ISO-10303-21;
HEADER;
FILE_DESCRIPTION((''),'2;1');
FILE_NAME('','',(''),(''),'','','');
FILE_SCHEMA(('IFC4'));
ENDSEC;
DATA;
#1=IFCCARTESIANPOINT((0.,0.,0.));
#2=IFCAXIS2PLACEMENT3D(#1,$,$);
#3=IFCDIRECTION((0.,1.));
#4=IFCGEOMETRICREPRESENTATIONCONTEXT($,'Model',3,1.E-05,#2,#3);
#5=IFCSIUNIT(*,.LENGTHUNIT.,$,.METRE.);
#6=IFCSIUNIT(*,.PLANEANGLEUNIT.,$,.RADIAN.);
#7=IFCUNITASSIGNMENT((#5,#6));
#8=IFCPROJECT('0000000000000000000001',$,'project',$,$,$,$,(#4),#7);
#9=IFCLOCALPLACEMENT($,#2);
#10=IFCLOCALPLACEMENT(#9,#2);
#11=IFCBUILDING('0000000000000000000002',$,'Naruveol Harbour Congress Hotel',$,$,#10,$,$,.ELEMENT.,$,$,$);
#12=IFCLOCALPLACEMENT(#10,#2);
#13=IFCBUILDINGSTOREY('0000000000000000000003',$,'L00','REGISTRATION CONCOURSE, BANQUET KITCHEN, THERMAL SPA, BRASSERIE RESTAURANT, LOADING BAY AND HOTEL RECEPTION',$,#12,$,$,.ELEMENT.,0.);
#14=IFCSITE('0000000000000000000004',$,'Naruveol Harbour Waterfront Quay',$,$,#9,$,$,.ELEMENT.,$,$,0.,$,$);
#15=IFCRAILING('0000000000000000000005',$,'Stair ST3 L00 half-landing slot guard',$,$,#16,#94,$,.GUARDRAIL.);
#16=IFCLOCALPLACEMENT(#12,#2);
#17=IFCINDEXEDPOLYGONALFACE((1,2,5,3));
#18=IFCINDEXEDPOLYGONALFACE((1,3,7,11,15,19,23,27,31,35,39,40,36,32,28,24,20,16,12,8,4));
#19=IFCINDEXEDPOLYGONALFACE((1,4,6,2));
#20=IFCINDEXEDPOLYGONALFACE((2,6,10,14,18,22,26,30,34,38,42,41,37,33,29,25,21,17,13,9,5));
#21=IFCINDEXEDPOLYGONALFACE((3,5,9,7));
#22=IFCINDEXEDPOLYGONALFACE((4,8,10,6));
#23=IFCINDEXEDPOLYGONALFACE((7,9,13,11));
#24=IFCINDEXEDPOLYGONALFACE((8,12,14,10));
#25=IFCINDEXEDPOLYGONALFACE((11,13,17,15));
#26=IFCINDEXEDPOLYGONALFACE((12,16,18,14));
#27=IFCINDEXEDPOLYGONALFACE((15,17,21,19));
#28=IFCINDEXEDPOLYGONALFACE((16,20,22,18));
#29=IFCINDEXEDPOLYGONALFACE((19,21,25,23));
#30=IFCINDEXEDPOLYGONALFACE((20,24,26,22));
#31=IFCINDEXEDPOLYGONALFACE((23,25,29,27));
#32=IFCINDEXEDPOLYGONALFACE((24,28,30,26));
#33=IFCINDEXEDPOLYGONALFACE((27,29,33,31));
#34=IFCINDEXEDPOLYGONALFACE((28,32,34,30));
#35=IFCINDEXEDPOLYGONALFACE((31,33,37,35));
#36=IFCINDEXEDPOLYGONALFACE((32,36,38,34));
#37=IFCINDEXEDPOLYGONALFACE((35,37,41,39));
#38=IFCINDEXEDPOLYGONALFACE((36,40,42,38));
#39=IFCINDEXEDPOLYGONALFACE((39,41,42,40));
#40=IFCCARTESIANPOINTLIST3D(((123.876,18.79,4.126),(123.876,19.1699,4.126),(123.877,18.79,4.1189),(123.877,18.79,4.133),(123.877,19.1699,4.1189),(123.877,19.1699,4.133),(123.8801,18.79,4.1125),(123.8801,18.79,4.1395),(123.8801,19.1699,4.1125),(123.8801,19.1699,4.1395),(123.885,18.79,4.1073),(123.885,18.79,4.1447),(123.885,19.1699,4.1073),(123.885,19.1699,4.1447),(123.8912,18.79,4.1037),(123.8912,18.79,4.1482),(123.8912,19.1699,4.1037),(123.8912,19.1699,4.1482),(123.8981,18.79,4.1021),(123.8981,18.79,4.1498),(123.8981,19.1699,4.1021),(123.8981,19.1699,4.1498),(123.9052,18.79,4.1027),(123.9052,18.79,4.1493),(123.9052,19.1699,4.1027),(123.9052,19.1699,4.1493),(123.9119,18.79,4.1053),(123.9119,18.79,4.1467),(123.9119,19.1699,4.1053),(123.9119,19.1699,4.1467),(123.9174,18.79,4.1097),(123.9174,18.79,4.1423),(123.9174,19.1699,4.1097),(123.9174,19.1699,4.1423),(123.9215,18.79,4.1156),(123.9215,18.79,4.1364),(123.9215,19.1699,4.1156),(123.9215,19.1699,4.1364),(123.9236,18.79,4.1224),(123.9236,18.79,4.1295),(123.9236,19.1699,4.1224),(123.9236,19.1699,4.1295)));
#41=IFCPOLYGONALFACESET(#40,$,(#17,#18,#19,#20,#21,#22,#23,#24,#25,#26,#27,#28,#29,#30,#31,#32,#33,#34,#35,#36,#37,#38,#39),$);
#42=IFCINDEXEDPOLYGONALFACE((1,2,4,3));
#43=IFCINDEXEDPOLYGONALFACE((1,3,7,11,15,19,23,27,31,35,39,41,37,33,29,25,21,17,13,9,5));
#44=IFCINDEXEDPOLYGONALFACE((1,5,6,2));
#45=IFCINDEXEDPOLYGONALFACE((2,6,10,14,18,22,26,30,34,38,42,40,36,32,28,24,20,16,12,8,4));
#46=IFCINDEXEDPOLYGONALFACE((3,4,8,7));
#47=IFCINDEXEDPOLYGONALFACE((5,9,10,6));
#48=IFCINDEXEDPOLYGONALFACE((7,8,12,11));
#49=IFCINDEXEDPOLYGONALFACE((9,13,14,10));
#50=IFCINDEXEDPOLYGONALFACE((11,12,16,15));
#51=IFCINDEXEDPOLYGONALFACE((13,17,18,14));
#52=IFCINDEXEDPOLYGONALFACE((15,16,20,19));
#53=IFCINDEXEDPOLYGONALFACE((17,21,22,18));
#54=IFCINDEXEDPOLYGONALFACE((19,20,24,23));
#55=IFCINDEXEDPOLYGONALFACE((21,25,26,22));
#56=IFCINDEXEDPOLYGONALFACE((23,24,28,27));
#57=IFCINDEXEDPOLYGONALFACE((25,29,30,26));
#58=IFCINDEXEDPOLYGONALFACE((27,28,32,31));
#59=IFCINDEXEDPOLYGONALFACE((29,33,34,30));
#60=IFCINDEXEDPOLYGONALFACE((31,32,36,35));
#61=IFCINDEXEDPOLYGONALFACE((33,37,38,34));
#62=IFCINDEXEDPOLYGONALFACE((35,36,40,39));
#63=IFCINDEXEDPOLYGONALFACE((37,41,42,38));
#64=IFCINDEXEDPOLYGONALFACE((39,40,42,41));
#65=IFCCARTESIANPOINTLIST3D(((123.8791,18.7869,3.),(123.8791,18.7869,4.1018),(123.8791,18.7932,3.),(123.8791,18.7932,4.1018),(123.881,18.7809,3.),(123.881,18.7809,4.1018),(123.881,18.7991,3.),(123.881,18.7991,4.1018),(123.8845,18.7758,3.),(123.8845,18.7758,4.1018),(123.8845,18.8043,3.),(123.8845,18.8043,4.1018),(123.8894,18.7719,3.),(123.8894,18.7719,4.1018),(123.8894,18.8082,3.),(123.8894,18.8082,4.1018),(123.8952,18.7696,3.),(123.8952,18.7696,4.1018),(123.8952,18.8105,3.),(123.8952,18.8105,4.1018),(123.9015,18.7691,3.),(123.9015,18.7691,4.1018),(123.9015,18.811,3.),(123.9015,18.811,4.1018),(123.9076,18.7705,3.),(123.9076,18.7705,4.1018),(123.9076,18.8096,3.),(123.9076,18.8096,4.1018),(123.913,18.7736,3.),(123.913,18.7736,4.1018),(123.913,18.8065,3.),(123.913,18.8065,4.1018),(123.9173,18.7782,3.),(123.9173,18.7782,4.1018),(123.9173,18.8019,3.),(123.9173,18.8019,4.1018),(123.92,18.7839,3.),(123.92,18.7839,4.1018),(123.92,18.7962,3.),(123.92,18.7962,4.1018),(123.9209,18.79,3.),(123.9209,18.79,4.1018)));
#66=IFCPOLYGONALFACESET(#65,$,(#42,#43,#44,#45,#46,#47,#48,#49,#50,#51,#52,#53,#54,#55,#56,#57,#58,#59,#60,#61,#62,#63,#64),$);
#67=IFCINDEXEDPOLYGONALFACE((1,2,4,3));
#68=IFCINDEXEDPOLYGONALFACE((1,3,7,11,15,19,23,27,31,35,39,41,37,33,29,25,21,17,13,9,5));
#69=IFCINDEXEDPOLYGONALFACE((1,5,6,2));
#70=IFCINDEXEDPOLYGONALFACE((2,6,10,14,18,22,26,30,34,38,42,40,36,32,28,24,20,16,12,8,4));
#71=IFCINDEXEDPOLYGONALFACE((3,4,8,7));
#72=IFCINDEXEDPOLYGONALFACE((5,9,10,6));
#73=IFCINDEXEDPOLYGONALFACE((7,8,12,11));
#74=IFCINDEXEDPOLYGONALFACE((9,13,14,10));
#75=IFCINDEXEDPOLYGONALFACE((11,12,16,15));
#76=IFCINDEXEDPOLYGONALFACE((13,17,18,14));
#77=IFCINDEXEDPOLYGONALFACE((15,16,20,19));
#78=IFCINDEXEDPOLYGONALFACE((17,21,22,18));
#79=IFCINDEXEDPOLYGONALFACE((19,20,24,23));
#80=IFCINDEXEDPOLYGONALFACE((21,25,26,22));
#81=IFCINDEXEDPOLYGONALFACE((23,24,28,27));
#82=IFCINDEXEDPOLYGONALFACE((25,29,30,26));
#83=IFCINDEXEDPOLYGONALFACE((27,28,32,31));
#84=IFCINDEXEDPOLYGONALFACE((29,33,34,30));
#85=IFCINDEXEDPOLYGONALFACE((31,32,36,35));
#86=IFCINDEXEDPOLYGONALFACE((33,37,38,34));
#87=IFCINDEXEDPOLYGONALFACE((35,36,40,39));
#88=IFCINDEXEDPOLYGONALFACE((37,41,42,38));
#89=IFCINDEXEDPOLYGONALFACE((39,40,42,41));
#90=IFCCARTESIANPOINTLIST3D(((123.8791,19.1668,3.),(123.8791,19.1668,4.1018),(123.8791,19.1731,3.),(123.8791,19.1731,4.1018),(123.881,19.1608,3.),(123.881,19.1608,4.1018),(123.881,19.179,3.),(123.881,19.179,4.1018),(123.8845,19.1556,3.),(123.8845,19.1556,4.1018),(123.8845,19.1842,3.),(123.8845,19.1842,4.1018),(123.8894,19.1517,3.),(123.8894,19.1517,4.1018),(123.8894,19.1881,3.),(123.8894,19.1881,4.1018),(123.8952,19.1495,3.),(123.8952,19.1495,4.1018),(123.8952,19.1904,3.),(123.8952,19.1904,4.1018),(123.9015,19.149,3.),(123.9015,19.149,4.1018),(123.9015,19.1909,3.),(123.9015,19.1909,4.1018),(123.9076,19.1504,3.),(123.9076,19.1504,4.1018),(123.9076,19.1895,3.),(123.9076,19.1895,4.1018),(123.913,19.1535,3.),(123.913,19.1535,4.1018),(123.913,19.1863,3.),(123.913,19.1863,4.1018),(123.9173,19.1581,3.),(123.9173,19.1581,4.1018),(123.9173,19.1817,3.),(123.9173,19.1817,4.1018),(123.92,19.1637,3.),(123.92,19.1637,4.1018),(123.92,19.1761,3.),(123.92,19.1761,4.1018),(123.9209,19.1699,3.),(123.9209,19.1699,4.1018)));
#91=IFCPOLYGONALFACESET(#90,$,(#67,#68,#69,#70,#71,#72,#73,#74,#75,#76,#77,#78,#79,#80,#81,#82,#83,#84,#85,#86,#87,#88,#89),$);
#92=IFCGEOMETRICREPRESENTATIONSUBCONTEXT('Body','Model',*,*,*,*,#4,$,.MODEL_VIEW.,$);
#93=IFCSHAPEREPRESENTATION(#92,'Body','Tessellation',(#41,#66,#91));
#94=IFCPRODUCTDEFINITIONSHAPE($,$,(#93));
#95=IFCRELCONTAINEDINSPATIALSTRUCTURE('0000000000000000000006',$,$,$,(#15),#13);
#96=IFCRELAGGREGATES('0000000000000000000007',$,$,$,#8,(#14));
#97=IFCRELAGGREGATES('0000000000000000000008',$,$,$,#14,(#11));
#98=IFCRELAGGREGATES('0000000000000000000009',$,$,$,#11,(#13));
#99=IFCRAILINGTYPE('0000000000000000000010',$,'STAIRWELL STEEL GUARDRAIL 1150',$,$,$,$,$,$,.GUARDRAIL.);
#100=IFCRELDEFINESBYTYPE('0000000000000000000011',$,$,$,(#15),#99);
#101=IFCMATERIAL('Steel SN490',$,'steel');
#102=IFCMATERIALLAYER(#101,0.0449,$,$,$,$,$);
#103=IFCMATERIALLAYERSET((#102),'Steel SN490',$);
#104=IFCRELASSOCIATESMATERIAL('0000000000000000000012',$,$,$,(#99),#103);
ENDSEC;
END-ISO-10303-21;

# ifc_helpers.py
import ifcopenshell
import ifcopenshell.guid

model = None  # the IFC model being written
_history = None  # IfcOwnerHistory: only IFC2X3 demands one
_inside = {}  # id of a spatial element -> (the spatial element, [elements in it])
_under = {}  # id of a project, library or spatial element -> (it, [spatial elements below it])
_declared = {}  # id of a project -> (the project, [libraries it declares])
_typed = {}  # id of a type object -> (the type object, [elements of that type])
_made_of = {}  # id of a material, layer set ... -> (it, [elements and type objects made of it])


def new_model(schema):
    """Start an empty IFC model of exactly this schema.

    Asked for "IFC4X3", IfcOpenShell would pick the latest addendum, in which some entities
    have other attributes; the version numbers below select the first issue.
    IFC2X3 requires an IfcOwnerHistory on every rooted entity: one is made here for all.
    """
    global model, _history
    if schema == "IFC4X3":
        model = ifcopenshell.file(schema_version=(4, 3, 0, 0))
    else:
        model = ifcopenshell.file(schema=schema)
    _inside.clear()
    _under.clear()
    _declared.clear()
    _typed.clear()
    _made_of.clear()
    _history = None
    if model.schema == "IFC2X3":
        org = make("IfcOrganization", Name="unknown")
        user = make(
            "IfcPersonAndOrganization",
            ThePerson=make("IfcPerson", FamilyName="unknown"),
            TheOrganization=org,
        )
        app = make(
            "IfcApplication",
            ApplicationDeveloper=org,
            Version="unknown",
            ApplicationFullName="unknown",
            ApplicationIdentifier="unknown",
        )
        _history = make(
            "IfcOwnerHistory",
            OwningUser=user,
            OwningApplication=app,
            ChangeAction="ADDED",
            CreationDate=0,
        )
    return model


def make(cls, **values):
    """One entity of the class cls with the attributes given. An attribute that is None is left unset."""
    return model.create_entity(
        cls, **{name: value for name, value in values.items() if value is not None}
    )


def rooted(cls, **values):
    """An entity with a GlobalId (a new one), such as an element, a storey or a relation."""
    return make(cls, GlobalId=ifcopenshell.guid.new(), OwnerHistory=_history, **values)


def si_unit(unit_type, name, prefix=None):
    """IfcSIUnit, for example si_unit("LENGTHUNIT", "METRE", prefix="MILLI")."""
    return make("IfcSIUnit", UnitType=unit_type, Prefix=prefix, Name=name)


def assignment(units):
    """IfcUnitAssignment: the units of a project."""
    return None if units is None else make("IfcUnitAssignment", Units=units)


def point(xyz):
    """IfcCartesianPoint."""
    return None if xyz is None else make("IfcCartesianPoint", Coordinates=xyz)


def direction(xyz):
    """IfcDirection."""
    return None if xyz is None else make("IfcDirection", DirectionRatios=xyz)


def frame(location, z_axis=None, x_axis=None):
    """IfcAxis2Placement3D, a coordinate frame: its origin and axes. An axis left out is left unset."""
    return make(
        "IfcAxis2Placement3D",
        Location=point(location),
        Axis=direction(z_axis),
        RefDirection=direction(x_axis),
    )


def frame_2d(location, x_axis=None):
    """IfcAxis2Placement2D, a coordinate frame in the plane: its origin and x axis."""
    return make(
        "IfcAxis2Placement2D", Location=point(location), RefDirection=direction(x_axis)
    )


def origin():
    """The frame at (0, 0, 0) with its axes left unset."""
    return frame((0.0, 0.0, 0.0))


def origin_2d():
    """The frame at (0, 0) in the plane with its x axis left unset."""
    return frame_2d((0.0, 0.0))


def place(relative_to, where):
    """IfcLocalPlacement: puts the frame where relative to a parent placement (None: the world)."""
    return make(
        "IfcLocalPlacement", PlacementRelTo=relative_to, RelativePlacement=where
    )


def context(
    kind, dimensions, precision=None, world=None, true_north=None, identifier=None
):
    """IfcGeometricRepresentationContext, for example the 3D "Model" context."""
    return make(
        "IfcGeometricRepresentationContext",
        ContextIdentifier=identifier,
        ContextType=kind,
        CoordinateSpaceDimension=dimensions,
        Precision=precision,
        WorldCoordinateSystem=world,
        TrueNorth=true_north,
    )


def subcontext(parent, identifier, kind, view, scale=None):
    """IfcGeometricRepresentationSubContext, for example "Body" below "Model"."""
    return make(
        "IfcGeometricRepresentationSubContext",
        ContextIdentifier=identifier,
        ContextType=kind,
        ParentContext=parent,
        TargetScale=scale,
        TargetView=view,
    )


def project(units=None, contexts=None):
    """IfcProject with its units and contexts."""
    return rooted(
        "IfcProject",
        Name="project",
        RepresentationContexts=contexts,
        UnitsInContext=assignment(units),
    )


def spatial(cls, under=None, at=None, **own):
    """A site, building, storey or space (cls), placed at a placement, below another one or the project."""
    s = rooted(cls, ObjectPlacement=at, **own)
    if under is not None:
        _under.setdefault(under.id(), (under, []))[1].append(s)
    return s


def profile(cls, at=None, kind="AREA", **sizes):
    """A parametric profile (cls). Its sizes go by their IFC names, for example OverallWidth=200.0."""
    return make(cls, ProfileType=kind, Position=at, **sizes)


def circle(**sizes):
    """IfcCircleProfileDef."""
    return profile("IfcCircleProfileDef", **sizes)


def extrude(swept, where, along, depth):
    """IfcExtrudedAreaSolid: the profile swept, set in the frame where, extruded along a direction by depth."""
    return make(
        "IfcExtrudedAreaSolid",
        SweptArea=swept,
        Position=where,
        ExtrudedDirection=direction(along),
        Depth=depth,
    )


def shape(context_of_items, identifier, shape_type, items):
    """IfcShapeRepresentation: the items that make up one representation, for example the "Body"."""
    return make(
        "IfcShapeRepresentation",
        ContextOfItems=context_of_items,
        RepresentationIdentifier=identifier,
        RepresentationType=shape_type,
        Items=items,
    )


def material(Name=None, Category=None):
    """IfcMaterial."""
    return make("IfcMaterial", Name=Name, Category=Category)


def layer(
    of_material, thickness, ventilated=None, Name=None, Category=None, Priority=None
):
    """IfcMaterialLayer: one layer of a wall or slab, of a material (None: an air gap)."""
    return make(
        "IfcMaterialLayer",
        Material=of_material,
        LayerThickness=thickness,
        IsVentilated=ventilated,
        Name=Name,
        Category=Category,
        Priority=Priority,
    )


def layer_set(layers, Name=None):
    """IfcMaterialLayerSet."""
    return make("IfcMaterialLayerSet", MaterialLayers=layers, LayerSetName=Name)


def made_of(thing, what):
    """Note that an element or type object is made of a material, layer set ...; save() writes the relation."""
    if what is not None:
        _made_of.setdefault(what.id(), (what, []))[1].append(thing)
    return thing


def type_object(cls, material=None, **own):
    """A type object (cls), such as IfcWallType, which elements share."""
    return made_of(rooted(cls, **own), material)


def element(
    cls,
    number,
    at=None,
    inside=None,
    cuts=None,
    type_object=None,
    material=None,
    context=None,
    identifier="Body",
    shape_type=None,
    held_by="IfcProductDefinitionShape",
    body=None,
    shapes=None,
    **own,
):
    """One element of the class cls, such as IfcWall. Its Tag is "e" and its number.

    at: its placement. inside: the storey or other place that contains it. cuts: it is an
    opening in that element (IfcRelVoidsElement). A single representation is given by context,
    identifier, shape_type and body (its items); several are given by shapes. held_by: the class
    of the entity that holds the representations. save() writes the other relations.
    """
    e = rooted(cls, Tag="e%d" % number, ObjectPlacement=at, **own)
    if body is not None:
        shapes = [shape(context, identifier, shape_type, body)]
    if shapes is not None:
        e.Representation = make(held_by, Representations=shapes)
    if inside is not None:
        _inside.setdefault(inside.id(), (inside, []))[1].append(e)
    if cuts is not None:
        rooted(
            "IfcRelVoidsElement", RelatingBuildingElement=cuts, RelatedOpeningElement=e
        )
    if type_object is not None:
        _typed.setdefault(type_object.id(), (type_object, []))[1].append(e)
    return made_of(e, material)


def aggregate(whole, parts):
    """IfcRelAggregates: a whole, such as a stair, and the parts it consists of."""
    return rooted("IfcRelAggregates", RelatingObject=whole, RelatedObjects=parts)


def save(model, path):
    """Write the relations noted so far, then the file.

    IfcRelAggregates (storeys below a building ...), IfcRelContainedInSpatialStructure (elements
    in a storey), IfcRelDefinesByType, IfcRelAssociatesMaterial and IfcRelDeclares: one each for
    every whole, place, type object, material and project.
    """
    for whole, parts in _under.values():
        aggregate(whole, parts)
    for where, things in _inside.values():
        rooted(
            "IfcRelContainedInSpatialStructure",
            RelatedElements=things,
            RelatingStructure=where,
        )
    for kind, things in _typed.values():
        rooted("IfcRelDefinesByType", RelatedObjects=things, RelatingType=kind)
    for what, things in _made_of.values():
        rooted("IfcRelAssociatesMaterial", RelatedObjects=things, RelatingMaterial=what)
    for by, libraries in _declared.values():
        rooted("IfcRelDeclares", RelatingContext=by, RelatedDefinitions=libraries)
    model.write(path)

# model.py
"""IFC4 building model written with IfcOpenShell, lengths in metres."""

from ifc_helpers import new_model, si_unit, direction, frame, origin, origin_2d, place, context, subcontext, project, spatial, circle, extrude, material, layer, layer_set, type_object, element, save


model = new_model("IFC4")

# Units and contexts
model_context = context("Model", 3, precision=1e-05, world=origin(), true_north=direction((0.0, 1.0)))
body_context = subcontext(model_context, "Body", "Model", "MODEL_VIEW")
ifc_project = project(units=[si_unit("LENGTHUNIT", "METRE"), si_unit("PLANEANGLEUNIT", "RADIAN")], contexts=[model_context])

# Site, building, storey
site_placement = place(None, origin())
site = spatial("IfcSite", under=ifc_project, at=site_placement, Name="Naruveol Harbour Waterfront Quay", CompositionType="ELEMENT", RefElevation=0.0)
building_placement = place(site_placement, origin())
building = spatial("IfcBuilding", under=site, at=building_placement, Name="Naruveol Harbour Congress Hotel", CompositionType="ELEMENT")
storey_placement = place(building_placement, origin())
storey = spatial("IfcBuildingStorey", under=building, at=storey_placement, Name="L00", Description="REGISTRATION CONCOURSE, BANQUET KITCHEN, THERMAL SPA, BRASSERIE RESTAURANT, LOADING BAY AND HOTEL RECEPTION", CompositionType="ELEMENT", Elevation=0.0)

# Railing
ifc_material_1 = material(Name="Steel SN490", Category="steel")
ifc_layer_1 = layer(ifc_material_1, 0.0449)
ifc_layer_set_1 = layer_set([ifc_layer_1], Name="Steel SN490")
railing_type_1 = type_object("IfcRailingType", Name="STAIRWELL STEEL GUARDRAIL 1150", PredefinedType="GUARDRAIL", material=ifc_layer_set_1)
railing_1_placement = place(storey_placement, frame((123.8999, 18.79, 3.0)))
element("IfcRailing", 1, at=railing_1_placement, inside=storey, type_object=railing_type_1, Name="Stair ST3 L00 half-landing slot guard", PredefinedType="GUARDRAIL", context=body_context, shape_type="SweptSolid", body=[
    extrude(circle(Radius=0.0239, at=origin_2d()), frame((0.0, 0.0, 1.126), z_axis=(0.0, 1.0, 0.0), x_axis=(-1.0, 0.0, 0.0)), (0.0, 0.0, 1.0), 0.3799),
    extrude(circle(Radius=0.021, at=origin_2d()), origin(), (0.0, 0.0, 1.0), 1.1018),
    extrude(circle(Radius=0.021, at=origin_2d()), frame((0.0, 0.3799, 0.0)), (0.0, 0.0, 1.0), 1.1018),
])

save(model, "model.ifc")
